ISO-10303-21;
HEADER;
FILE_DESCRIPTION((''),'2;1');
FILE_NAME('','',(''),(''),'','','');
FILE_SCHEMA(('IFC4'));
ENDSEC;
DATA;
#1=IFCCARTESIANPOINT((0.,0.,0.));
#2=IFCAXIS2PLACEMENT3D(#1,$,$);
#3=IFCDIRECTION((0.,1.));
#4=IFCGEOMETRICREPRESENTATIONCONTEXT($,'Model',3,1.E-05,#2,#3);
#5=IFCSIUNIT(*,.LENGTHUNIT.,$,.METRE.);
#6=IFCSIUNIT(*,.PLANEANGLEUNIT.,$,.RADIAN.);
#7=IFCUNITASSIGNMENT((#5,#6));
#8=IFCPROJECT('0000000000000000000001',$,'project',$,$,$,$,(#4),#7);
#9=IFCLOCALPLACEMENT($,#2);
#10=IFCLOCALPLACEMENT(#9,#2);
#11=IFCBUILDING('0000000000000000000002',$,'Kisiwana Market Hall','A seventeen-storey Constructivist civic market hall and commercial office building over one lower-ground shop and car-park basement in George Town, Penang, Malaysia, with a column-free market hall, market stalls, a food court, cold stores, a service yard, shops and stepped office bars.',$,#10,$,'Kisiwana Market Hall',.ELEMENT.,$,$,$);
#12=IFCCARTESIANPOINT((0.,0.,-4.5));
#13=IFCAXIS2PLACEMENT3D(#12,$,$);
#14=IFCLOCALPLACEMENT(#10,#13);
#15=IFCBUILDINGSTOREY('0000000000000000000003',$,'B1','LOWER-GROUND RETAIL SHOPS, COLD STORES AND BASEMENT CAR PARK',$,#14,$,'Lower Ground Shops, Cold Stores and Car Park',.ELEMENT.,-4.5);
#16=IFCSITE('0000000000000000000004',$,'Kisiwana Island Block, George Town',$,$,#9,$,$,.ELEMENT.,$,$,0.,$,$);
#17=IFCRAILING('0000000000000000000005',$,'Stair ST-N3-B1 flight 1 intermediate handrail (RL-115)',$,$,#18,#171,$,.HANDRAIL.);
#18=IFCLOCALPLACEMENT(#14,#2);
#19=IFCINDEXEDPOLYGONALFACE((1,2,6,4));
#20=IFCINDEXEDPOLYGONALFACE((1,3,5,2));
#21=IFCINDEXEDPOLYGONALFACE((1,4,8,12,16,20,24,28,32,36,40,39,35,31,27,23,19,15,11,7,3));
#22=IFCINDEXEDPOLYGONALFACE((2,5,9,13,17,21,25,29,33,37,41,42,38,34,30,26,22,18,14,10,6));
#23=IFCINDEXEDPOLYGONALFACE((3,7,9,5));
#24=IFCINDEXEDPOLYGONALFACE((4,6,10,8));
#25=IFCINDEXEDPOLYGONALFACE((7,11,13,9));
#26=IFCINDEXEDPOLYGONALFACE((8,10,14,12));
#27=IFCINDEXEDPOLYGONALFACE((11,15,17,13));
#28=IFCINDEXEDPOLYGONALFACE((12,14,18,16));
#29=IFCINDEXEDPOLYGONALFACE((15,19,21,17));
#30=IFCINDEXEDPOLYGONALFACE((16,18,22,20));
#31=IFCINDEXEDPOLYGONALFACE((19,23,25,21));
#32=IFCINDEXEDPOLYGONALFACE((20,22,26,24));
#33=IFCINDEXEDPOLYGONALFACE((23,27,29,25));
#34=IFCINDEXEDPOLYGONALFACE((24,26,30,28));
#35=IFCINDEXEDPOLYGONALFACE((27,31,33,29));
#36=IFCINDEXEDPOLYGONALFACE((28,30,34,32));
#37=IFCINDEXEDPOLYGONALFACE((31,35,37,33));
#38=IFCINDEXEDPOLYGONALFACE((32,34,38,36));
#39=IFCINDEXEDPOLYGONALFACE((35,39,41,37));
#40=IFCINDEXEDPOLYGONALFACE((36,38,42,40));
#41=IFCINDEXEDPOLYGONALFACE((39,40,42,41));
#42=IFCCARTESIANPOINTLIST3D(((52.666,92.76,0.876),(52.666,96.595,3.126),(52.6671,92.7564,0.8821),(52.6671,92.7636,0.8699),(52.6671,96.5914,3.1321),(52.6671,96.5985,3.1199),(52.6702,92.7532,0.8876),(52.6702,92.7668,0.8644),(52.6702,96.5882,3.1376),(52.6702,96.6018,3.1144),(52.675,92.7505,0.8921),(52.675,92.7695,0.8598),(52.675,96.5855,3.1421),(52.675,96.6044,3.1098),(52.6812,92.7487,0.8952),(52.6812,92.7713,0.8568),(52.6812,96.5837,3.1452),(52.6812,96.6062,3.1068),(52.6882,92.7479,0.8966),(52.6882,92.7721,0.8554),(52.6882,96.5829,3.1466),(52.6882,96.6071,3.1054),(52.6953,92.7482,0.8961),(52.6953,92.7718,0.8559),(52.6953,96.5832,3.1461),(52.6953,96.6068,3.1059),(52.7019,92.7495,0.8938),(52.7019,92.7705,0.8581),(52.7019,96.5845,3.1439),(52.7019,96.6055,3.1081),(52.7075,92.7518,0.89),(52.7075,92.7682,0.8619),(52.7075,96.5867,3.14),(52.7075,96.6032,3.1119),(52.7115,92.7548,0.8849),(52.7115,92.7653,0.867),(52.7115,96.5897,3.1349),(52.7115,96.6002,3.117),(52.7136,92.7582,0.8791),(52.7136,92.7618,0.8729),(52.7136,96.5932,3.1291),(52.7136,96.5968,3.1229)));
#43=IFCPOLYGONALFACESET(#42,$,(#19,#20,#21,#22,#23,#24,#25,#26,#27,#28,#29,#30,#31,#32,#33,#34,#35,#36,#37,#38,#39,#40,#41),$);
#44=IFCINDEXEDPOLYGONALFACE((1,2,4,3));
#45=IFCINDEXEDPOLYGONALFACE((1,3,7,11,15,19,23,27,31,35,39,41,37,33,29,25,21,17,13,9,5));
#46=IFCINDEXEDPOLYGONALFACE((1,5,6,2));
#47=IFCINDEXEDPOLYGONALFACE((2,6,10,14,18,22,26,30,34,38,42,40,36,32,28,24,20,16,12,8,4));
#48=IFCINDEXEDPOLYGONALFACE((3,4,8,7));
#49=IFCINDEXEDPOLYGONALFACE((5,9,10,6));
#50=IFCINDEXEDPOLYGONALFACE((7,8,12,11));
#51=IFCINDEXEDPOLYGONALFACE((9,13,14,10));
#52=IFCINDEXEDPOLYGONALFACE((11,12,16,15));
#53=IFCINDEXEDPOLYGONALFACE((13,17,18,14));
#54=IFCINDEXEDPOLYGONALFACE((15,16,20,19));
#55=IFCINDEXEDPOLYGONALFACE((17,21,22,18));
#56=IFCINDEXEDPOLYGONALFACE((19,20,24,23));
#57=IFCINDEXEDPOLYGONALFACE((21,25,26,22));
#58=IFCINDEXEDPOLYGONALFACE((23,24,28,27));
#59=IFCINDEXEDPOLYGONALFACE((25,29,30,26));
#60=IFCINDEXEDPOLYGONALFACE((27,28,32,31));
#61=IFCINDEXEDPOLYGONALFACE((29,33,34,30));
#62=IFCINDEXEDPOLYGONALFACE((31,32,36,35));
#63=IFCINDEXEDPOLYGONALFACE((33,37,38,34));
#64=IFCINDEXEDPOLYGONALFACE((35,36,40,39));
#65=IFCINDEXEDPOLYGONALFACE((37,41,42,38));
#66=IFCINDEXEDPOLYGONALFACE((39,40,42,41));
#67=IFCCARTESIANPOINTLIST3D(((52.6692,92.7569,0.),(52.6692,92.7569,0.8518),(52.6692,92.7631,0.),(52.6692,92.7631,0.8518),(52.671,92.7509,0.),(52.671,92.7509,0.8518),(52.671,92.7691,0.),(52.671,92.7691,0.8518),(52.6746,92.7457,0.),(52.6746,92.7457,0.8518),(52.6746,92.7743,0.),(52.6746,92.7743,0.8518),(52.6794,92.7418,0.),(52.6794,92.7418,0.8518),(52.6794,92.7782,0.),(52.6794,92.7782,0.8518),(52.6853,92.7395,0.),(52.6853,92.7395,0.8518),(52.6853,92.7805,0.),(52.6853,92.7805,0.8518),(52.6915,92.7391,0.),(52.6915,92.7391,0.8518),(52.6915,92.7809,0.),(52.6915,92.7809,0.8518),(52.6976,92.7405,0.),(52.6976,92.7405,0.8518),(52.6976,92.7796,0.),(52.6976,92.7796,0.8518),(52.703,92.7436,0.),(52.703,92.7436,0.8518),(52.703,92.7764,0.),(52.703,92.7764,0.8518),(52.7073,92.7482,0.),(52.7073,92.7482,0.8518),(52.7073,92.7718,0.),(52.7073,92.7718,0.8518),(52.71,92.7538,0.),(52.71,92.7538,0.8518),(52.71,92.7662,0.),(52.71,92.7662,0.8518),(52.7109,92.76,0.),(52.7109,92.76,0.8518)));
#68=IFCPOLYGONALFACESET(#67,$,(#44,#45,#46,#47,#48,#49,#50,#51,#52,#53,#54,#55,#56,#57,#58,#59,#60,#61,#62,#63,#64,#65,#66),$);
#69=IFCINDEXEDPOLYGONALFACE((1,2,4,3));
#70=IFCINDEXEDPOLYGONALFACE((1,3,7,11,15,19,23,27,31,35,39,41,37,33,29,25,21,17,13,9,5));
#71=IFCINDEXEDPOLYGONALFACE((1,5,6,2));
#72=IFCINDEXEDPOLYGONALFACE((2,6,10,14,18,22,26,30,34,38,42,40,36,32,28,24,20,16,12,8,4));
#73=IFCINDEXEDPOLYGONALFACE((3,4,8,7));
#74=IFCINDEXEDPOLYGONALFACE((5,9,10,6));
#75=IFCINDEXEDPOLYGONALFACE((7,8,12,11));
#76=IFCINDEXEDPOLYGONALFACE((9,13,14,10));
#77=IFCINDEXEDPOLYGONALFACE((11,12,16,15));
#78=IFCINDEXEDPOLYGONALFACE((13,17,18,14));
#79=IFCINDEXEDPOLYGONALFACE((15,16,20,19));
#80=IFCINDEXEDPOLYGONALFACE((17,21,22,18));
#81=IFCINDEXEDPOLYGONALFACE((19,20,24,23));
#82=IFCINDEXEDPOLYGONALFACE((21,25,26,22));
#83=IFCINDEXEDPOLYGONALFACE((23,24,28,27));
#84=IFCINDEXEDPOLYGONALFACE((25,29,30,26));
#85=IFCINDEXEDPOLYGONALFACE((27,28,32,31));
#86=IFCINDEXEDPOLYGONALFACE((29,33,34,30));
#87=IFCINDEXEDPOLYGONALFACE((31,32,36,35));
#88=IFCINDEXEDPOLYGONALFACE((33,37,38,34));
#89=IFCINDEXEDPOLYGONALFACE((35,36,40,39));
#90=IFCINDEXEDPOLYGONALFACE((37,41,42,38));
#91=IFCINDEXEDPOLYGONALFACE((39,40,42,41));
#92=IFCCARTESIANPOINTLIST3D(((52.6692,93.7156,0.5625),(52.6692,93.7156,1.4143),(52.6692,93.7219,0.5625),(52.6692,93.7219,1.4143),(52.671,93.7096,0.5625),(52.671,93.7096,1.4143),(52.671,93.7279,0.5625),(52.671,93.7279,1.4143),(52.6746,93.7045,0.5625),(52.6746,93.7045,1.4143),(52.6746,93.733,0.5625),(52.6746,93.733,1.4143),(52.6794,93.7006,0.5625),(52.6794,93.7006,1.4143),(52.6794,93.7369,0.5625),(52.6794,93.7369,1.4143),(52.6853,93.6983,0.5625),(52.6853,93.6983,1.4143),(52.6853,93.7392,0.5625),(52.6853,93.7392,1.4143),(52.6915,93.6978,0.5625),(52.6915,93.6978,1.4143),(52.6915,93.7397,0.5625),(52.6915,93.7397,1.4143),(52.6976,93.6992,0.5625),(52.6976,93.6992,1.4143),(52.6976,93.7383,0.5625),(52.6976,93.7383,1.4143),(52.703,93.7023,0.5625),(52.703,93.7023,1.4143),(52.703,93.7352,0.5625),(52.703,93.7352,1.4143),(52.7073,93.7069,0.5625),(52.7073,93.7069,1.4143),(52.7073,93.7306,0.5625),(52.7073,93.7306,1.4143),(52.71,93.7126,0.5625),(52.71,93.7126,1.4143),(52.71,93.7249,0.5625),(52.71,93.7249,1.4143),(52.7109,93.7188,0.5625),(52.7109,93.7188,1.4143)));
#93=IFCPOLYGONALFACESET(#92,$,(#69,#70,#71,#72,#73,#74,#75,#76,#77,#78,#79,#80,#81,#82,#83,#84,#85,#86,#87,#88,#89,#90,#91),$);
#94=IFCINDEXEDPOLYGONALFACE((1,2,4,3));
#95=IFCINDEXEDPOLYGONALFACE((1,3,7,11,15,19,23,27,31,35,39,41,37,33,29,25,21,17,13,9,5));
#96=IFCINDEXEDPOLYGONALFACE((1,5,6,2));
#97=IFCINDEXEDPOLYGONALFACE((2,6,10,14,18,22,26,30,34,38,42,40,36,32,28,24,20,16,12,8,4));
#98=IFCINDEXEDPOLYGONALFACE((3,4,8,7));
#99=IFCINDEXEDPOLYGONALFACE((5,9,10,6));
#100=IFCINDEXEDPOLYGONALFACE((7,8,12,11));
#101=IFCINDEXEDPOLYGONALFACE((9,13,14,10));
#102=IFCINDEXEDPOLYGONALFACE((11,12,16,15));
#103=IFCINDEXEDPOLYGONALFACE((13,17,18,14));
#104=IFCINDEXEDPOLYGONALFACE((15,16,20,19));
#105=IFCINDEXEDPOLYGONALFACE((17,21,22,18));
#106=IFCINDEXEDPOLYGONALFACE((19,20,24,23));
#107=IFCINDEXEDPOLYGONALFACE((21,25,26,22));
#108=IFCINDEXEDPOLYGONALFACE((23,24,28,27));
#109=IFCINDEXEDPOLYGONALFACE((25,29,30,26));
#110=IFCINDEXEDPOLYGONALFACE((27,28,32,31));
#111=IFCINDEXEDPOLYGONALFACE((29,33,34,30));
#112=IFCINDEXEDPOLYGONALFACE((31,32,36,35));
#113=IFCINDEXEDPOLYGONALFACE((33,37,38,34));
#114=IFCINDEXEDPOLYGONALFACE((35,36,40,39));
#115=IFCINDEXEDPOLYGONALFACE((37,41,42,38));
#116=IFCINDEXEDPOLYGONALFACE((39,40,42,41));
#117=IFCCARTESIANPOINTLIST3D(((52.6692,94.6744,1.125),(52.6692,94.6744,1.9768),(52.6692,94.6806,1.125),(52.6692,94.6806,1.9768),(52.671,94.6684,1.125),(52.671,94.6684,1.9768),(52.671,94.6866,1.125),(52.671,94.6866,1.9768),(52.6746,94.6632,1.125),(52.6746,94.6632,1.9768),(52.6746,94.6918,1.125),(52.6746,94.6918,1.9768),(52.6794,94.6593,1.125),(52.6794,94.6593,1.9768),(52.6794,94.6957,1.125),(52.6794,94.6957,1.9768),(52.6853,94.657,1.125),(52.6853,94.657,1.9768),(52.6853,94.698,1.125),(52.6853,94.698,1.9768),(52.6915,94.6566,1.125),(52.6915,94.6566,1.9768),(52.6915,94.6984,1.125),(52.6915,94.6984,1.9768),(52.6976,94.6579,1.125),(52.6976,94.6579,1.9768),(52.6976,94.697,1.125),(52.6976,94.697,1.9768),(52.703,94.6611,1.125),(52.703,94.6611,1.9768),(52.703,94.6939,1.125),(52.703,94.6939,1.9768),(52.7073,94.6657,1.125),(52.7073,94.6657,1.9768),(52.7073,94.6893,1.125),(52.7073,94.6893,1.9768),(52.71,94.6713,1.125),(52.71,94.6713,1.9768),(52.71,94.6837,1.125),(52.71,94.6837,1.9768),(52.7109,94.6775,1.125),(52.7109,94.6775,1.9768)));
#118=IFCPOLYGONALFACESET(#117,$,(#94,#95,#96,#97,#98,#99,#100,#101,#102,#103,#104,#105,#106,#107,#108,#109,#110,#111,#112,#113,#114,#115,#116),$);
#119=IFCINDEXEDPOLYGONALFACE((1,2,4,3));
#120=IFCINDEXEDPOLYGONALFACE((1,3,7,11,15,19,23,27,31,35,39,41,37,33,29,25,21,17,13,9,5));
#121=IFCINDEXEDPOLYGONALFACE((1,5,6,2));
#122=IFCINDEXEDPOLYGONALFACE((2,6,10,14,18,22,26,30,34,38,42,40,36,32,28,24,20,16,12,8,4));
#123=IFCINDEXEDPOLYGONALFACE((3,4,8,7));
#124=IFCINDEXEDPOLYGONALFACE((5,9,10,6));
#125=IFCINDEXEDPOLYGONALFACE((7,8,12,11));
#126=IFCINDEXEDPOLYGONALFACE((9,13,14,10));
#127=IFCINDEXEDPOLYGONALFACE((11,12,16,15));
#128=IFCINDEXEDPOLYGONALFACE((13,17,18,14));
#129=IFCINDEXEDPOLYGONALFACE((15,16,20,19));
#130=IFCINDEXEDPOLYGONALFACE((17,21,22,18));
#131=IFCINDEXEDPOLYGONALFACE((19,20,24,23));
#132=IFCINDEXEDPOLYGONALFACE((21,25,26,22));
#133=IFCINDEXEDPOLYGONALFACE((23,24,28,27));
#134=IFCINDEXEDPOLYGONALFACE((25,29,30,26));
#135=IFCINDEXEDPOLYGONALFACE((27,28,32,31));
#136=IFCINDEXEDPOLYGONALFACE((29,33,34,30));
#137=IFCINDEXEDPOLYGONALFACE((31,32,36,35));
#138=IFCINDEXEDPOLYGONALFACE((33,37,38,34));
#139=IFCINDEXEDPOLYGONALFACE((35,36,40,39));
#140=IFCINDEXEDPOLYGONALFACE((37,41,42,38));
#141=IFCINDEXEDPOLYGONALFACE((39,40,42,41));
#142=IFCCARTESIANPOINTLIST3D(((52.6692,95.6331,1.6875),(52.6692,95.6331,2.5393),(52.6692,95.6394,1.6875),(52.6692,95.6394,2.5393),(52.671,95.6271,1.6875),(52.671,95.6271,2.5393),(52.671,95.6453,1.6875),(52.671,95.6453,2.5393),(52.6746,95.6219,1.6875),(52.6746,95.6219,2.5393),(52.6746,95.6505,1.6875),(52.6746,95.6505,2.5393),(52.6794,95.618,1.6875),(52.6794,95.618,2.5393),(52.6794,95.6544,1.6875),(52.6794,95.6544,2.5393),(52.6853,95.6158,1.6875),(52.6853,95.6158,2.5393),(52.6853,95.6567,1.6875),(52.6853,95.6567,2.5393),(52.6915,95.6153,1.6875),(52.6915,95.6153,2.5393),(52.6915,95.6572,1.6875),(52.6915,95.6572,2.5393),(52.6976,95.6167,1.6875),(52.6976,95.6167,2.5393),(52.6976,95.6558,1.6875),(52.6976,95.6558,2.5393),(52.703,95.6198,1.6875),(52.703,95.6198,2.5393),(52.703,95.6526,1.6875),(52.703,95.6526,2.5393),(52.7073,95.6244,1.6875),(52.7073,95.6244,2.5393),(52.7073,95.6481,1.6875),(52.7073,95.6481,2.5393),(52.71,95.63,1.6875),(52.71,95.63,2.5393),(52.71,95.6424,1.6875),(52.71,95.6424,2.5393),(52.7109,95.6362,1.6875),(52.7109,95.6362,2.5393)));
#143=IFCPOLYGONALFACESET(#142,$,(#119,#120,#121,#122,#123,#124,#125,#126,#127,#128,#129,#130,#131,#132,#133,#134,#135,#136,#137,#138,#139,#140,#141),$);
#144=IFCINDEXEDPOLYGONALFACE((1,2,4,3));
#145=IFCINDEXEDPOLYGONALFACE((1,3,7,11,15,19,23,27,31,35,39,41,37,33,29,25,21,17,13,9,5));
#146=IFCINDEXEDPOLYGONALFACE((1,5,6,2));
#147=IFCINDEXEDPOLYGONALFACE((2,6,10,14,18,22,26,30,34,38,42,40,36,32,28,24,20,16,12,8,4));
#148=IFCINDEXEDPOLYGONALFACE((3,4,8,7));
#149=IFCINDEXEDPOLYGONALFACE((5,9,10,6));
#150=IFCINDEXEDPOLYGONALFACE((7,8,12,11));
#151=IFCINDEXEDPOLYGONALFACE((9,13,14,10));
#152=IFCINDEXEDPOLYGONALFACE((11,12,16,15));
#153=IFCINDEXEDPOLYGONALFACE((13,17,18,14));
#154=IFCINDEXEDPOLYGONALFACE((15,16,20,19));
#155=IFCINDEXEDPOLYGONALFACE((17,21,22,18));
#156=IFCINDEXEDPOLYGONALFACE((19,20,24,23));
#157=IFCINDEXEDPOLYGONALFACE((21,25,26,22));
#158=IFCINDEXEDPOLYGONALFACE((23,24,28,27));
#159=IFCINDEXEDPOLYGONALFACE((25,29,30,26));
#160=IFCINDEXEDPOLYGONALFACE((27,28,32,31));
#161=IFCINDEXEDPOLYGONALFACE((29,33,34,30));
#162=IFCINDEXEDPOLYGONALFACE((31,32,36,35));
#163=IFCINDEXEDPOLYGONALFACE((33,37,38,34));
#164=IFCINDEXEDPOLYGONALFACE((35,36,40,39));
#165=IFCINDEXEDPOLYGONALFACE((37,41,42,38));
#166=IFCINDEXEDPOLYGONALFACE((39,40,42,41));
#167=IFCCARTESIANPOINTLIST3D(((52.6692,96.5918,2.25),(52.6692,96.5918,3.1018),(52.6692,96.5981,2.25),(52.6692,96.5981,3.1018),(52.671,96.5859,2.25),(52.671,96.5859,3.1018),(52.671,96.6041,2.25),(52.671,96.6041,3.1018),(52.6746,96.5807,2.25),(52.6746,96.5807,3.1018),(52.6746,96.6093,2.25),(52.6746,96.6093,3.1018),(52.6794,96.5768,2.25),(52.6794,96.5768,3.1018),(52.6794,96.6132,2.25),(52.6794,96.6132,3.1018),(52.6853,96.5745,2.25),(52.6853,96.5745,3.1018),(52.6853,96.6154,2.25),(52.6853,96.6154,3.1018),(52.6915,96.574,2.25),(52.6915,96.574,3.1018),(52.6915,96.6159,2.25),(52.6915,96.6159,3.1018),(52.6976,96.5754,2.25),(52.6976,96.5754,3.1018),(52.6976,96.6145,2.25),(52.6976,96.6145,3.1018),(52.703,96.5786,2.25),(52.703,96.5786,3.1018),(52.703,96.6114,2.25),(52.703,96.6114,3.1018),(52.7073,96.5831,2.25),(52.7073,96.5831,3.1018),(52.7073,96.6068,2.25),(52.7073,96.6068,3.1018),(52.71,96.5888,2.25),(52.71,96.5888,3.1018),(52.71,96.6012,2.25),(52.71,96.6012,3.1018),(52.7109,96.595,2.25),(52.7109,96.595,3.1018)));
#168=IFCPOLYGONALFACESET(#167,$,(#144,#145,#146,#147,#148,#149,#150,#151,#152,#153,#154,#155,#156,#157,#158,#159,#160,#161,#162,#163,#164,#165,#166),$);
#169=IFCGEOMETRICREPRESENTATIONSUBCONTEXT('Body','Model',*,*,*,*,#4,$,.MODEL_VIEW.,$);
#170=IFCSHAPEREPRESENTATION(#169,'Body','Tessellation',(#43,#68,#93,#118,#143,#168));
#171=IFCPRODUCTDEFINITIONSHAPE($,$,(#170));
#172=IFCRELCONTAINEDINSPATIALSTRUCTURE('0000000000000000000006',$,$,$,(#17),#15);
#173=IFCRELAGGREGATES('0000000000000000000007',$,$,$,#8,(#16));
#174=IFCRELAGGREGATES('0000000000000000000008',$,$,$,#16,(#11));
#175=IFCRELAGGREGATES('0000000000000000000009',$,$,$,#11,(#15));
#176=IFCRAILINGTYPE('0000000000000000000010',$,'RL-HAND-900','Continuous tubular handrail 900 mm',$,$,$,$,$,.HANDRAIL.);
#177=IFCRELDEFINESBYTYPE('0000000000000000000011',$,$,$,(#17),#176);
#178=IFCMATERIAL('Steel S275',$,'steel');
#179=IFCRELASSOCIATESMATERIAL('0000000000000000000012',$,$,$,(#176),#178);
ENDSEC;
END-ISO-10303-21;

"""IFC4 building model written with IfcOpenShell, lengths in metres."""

from ifc_helpers import new_model, si_unit, direction, frame, origin, origin_2d, place, context, subcontext, project, spatial, circle, extrude, material, type_object, element, save


model = new_model("IFC4")

# Units and contexts
model_context = context("Model", 3, precision=1e-05, world=origin(), true_north=direction((0.0, 1.0)))
body_context = subcontext(model_context, "Body", "Model", "MODEL_VIEW")
ifc_project = project(units=[si_unit("LENGTHUNIT", "METRE"), si_unit("PLANEANGLEUNIT", "RADIAN")], contexts=[model_context])

# Site, building, storey
site_placement = place(None, origin())
site = spatial("IfcSite", under=ifc_project, at=site_placement, Name="Kisiwana Island Block, George Town", CompositionType="ELEMENT", RefElevation=0.0)
building_placement = place(site_placement, origin())
building = spatial("IfcBuilding", under=site, at=building_placement, Name="Kisiwana Market Hall", Description="A seventeen-storey Constructivist civic market hall and commercial office building over one lower-ground shop and car-park basement in George Town, Penang, Malaysia, with a column-free market hall, market stalls, a food court, cold stores, a service yard, shops and stepped office bars.", LongName="Kisiwana Market Hall", CompositionType="ELEMENT")
storey_placement = place(building_placement, frame((0.0, 0.0, -4.5)))
storey = spatial("IfcBuildingStorey", under=building, at=storey_placement, Name="B1", Description="LOWER-GROUND RETAIL SHOPS, COLD STORES AND BASEMENT CAR PARK", LongName="Lower Ground Shops, Cold Stores and Car Park", CompositionType="ELEMENT", Elevation=-4.5)

# Railing
ifc_material_1 = material(Name="Steel S275", Category="steel")
railing_type_1 = type_object("IfcRailingType", Name="RL-HAND-900", Description="Continuous tubular handrail 900 mm", PredefinedType="HANDRAIL", material=ifc_material_1)
railing_1_placement = place(storey_placement, frame((52.6899, 92.76, 0.0)))
element("IfcRailing", 1, at=railing_1_placement, inside=storey, type_object=railing_type_1, Name="Stair ST-N3-B1 flight 1 intermediate handrail (RL-115)", PredefinedType="HANDRAIL", context=body_context, shape_type="SweptSolid", body=[
    extrude(circle(Radius=0.0239, at=origin_2d()), frame((0.0, 0.0, 0.876), z_axis=(0.0, 0.86251, 0.506041), x_axis=(-1.0, 0.0, 0.0)), (0.0, 0.0, 1.0), 4.4463),
    extrude(circle(Radius=0.021, at=origin_2d()), origin(), (0.0, 0.0, 1.0), 0.8518),
    extrude(circle(Radius=0.021, at=origin_2d()), frame((0.0, 0.9587, 0.5625)), (0.0, 0.0, 1.0), 0.8518),
    extrude(circle(Radius=0.021, at=origin_2d()), frame((0.0, 1.9175, 1.125)), (0.0, 0.0, 1.0), 0.8518),
    extrude(circle(Radius=0.021, at=origin_2d()), frame((0.0, 2.8762, 1.6875)), (0.0, 0.0, 1.0), 0.8518),
    extrude(circle(Radius=0.021, at=origin_2d()), frame((0.0, 3.835, 2.25)), (0.0, 0.0, 1.0), 0.8518),
])

save(model, "model.ifc")
